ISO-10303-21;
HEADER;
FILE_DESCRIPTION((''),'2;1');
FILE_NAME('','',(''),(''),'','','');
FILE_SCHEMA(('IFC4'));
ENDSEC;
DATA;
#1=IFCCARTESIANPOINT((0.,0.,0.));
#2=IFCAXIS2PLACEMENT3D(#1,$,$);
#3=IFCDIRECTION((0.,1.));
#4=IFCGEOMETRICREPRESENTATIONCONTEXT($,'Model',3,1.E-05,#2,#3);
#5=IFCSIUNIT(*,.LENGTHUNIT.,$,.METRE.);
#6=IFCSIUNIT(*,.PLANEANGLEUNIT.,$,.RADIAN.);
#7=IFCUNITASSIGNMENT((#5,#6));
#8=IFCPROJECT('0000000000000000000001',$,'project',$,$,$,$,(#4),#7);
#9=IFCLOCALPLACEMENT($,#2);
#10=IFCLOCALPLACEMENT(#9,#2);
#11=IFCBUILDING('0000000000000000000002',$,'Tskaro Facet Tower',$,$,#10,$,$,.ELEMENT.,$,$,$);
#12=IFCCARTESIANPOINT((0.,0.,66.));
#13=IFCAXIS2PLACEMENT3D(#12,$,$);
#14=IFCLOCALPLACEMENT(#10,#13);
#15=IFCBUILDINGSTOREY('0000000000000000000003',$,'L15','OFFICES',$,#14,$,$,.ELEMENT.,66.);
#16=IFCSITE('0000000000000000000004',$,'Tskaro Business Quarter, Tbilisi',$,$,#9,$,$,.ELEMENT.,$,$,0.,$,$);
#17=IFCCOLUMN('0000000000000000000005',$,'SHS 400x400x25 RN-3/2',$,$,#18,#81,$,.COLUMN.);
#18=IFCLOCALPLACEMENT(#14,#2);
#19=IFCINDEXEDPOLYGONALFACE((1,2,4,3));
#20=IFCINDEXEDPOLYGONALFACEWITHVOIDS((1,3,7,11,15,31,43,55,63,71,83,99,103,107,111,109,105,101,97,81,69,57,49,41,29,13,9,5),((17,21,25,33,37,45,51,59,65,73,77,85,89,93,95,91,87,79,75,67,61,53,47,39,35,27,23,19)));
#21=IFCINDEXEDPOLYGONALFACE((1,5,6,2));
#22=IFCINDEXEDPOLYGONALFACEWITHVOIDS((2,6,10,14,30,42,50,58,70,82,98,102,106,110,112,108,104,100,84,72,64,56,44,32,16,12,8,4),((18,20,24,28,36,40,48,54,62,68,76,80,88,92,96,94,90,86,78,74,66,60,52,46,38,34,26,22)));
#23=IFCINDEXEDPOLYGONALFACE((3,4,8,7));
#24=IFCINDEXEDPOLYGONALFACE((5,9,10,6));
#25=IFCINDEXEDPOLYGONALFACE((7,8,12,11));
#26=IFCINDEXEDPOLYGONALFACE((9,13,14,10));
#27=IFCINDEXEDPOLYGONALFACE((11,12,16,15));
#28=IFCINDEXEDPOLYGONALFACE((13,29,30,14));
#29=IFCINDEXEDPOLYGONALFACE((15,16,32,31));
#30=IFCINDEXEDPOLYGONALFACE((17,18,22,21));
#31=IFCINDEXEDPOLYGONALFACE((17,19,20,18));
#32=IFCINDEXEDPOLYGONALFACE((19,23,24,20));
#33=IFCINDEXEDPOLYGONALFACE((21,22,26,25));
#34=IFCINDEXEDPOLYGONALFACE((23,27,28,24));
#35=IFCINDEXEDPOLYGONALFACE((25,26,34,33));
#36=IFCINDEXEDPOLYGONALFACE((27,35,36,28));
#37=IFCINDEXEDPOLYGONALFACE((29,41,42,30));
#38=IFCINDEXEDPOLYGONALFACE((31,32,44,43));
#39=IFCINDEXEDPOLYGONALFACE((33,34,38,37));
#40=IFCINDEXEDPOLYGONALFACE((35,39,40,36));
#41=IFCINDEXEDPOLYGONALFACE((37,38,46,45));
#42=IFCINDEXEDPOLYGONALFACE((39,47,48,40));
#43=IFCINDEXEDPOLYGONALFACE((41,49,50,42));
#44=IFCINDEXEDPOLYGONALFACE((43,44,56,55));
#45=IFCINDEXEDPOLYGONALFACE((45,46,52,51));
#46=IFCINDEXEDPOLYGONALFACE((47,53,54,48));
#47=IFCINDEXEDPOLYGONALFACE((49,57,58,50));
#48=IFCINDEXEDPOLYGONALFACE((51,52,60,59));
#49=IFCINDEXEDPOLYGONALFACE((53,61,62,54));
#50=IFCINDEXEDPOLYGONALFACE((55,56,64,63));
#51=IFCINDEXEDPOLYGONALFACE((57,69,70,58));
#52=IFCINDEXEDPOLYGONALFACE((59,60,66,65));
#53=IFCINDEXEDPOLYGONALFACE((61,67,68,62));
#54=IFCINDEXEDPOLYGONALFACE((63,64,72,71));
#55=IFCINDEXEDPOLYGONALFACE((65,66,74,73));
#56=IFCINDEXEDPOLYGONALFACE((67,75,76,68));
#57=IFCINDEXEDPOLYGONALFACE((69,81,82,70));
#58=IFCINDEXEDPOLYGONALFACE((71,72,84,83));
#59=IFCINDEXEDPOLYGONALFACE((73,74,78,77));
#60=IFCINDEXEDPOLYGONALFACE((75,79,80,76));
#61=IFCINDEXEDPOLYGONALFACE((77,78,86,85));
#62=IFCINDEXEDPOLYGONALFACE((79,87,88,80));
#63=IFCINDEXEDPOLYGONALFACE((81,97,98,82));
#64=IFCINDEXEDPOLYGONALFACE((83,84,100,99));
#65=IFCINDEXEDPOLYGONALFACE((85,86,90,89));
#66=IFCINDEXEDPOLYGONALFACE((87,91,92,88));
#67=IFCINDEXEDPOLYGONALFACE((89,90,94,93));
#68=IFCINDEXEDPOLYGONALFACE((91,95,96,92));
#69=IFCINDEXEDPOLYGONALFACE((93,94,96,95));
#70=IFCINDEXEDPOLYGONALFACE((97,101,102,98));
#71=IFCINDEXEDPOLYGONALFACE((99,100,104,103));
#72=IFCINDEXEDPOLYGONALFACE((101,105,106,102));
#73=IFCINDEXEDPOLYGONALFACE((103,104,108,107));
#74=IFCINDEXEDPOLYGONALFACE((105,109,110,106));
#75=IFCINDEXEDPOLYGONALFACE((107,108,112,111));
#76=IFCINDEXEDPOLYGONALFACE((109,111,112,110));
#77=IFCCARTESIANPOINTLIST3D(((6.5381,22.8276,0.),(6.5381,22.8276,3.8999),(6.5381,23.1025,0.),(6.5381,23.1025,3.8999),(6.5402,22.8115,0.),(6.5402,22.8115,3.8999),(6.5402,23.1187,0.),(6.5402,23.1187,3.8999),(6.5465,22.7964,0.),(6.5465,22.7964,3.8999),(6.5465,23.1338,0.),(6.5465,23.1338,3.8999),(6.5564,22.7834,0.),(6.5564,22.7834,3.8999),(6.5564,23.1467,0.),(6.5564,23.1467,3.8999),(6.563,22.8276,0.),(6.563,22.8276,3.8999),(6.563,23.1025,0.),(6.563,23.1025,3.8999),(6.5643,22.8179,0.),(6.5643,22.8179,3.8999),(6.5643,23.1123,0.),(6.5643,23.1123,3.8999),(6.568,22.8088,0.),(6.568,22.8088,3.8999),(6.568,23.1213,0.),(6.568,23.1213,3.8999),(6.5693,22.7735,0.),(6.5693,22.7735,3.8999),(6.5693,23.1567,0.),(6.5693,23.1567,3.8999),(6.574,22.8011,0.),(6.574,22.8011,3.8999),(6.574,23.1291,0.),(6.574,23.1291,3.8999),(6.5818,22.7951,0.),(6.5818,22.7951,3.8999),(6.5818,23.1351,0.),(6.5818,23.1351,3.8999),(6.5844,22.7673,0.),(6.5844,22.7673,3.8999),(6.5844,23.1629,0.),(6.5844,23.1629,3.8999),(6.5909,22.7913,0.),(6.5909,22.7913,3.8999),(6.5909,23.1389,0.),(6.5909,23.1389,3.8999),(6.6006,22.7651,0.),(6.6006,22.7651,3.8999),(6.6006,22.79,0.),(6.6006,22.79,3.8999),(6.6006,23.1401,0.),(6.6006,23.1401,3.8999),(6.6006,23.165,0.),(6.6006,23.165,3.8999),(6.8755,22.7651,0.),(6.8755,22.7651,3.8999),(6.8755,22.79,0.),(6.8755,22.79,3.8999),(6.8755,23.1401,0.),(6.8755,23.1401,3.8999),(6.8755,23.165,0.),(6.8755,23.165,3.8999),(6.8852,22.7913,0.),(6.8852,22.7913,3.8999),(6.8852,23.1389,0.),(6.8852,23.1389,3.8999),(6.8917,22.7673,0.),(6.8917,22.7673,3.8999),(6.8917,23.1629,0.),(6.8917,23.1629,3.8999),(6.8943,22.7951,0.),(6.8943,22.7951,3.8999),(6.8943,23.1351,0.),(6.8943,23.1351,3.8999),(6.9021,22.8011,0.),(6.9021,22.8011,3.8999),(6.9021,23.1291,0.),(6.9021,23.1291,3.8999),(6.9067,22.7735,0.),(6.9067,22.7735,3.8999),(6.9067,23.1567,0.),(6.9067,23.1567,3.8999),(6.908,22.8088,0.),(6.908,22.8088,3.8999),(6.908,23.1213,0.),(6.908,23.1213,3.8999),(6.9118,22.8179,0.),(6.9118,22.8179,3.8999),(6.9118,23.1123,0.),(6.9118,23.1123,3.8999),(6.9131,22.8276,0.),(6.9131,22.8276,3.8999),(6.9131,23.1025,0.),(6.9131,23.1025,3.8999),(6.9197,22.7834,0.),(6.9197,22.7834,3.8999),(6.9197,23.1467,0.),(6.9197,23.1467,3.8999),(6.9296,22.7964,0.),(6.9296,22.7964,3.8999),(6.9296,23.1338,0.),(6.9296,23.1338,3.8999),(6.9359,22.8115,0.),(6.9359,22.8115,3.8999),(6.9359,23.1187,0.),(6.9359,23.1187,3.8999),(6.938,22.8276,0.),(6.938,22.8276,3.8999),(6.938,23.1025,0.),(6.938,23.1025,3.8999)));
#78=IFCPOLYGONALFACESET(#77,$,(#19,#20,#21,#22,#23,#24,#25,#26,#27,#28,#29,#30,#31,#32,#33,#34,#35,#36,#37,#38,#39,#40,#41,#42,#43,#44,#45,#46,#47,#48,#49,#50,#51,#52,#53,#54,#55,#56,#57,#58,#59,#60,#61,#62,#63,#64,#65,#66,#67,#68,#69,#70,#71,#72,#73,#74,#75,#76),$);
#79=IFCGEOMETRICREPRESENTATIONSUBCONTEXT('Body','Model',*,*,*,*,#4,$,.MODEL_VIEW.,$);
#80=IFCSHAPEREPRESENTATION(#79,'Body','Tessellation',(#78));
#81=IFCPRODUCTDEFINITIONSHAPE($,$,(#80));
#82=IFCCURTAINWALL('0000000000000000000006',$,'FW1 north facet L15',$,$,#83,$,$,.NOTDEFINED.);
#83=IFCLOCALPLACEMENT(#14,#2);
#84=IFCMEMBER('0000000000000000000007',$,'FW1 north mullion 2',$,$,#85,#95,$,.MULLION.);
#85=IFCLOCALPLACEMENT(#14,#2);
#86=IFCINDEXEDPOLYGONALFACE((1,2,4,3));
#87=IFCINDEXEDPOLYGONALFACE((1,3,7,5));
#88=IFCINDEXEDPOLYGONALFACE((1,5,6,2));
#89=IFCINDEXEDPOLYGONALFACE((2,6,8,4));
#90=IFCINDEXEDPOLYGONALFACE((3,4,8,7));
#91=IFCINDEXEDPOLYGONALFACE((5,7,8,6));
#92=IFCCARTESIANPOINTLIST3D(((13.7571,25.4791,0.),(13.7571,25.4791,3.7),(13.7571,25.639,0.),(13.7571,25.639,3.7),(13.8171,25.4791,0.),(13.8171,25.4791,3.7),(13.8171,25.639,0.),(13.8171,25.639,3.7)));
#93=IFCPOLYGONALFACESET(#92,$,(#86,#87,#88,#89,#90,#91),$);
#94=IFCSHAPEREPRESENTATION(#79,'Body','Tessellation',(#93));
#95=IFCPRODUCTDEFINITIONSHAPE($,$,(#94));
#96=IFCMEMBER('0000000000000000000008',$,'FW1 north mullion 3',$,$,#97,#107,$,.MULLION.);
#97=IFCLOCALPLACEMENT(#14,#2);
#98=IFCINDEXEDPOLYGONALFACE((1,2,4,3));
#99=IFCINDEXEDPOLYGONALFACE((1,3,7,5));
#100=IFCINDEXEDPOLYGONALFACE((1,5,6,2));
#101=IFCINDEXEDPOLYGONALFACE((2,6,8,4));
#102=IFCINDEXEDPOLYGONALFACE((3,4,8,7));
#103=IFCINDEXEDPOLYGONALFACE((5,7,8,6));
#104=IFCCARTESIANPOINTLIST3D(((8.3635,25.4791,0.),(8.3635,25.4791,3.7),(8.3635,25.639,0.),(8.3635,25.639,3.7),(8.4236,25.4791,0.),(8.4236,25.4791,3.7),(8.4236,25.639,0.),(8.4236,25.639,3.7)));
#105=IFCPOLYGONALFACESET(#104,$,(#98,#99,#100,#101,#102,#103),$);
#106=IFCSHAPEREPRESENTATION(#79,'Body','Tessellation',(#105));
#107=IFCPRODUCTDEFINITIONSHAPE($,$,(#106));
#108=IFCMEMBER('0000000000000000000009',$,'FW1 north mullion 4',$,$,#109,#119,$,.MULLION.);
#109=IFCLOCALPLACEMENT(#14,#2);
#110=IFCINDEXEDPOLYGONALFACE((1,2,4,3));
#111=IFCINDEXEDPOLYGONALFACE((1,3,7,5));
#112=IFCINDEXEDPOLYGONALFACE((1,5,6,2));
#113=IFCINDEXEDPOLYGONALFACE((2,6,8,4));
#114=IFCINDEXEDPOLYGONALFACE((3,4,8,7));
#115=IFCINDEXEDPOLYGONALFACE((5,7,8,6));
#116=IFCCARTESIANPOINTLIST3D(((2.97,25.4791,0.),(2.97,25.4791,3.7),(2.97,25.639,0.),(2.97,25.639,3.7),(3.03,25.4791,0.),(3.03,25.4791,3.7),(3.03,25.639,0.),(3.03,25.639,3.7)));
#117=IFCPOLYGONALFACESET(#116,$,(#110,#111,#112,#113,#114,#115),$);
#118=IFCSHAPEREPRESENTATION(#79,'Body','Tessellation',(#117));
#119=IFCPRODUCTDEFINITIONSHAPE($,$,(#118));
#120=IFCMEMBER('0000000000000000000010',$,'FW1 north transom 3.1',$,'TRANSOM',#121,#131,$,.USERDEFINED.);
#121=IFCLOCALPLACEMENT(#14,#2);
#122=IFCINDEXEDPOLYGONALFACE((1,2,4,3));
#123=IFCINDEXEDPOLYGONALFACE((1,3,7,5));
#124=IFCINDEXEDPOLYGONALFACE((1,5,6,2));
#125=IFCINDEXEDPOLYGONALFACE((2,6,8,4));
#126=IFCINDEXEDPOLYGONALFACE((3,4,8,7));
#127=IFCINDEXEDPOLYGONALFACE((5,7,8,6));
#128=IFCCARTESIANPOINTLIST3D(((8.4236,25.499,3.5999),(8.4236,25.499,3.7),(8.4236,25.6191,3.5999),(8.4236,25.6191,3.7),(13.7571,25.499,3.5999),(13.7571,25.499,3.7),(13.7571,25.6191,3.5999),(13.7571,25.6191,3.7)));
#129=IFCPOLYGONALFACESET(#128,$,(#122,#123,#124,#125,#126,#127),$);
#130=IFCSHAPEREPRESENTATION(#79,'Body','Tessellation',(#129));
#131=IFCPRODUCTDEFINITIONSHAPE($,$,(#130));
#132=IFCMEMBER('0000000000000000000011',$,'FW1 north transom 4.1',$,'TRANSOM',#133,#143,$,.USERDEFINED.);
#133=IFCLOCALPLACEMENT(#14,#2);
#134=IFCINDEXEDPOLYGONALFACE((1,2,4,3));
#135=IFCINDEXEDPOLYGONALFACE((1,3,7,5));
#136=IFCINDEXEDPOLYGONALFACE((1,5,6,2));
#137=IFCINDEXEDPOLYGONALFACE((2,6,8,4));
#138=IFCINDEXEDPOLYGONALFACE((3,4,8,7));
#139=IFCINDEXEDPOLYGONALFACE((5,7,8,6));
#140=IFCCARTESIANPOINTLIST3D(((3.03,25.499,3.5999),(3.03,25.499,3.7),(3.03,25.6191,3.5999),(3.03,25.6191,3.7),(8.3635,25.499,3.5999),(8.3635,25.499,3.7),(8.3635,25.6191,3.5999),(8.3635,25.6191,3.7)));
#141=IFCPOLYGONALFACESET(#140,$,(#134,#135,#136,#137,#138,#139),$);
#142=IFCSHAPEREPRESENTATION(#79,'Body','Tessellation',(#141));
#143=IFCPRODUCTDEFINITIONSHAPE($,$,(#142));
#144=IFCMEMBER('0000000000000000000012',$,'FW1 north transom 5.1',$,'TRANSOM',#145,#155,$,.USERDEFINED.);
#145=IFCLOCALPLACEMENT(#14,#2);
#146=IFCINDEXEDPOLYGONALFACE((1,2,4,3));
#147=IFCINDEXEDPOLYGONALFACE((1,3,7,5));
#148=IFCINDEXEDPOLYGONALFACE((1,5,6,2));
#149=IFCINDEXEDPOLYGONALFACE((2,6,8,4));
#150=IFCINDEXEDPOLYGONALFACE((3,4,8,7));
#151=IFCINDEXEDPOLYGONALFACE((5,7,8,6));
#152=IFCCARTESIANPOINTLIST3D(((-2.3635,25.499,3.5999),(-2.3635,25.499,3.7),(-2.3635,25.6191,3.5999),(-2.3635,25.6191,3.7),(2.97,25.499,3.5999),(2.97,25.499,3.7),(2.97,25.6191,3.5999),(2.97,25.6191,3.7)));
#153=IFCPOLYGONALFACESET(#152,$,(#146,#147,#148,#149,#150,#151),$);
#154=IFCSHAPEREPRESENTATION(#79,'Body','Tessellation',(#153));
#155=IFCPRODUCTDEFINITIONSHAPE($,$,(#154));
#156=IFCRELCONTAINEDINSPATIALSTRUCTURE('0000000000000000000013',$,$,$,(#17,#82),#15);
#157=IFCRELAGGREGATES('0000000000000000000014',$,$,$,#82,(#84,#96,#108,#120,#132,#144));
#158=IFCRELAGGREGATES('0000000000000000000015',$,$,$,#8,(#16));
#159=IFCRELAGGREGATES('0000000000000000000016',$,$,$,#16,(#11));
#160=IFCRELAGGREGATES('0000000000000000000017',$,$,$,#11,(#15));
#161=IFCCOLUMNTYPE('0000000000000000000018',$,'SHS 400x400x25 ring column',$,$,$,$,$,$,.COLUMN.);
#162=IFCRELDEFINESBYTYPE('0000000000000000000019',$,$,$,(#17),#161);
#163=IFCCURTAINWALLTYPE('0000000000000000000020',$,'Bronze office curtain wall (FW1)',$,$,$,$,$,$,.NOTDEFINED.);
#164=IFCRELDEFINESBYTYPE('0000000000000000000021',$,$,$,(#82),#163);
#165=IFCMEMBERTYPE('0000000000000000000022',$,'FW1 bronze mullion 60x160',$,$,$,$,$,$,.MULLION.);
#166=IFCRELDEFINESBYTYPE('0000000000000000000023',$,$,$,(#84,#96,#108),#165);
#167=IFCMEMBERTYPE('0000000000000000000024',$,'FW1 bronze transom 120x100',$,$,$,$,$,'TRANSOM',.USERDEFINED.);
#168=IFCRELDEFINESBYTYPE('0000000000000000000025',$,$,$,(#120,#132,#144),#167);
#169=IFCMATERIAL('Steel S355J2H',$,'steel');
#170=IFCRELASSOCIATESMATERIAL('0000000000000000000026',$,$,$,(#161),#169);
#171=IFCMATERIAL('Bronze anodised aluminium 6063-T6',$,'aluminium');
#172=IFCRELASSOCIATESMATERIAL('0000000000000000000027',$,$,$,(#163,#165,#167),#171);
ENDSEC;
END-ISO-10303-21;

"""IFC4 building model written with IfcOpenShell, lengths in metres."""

from ifc_helpers import new_model, si_unit, direction, frame, origin, origin_2d, place, context, subcontext, project, spatial, rectangle, hollow_rectangle, extrude, material, material_profile, profile_set, type_object, element, aggregate, save


model = new_model("IFC4")

# Units and contexts
model_context = context("Model", 3, precision=1e-05, world=origin(), true_north=direction((0.0, 1.0)))
body_context = subcontext(model_context, "Body", "Model", "MODEL_VIEW")
ifc_project = project(units=[si_unit("LENGTHUNIT", "METRE"), si_unit("PLANEANGLEUNIT", "RADIAN")], contexts=[model_context])

# Site, building, storey
site_placement = place(None, origin())
site = spatial("IfcSite", under=ifc_project, at=site_placement, Name="Tskaro Business Quarter, Tbilisi", CompositionType="ELEMENT", RefElevation=0.0)
building_placement = place(site_placement, origin())
building = spatial("IfcBuilding", under=site, at=building_placement, Name="Tskaro Facet Tower", CompositionType="ELEMENT")
storey_placement = place(building_placement, frame((0.0, 0.0, 66.0)))
storey = spatial("IfcBuildingStorey", under=building, at=storey_placement, Name="L15", Description="OFFICES", CompositionType="ELEMENT", Elevation=66.0)

# Column
ifc_material_1 = material(Name="Steel S355J2H", Category="steel")
ifc_material_profile_1 = material_profile(ifc_material_1, hollow_rectangle(XDim=0.3999, YDim=0.3999, WallThickness=0.0249, InnerFilletRadius=0.0376, OuterFilletRadius=0.0625, at=origin_2d()), Name="SHS 400x400x25")
ifc_profile_set_1 = profile_set([ifc_material_profile_1], Name="Steel S355J2H")
column_type_1 = type_object("IfcColumnType", Name="SHS 400x400x25 ring column", PredefinedType="COLUMN", material=ifc_profile_set_1)
for number, where, z_axis, x_axis, name in (
    (1, (6.738, 22.9651, 0.0), (0.0, 0.0, 1.0), (1.0, 0.0, 0.0), "SHS 400x400x25 RN-3/2"),
):
    element("IfcColumn", number, at=place(storey_placement, frame(where, z_axis=z_axis, x_axis=x_axis)), inside=storey, type_object=column_type_1, Name=name, PredefinedType="COLUMN", context=body_context, shape_type="SweptSolid", body=[
        extrude(hollow_rectangle(XDim=0.3999, YDim=0.3999, WallThickness=0.0249, InnerFilletRadius=0.0376, OuterFilletRadius=0.0625, at=origin_2d()), origin(), (0.0, 0.0, 1.0), 3.8999),
    ])

# Curtain wall, members
ifc_material_2 = material(Name="Bronze anodised aluminium 6063-T6", Category="aluminium")
curtain_wall_type = type_object("IfcCurtainWallType", Name="Bronze office curtain wall (FW1)", PredefinedType="NOTDEFINED", material=ifc_material_2)
curtain_wall_placement = place(storey_placement, origin())
curtain_wall = element("IfcCurtainWall", 2, at=curtain_wall_placement, inside=storey, type_object=curtain_wall_type, Name="FW1 north facet L15", PredefinedType="NOTDEFINED")
ifc_material_profile_2 = material_profile(ifc_material_2, rectangle(XDim=0.0601, YDim=0.1599, at=origin_2d()), Name="Mullion 60x160")
ifc_profile_set_2 = profile_set([ifc_material_profile_2], Name="Bronze anodised aluminium 6063-T6")
member_type_1 = type_object("IfcMemberType", Name="FW1 bronze mullion 60x160", PredefinedType="MULLION", material=ifc_profile_set_2)
member_1_placement = place(storey_placement, frame((13.7871, 25.5591, 0.0), z_axis=(0.0, 0.0, 1.0), x_axis=(-1.0, 0.0, 0.0)))
member_1 = element("IfcMember", 3, at=member_1_placement, type_object=member_type_1, Name="FW1 north mullion 2", PredefinedType="MULLION", context=body_context, shape_type="SweptSolid", body=[
    extrude(rectangle(XDim=0.0601, YDim=0.1599, at=origin_2d()), origin(), (0.0, 0.0, 1.0), 3.7),
])
member_2_placement = place(storey_placement, frame((8.3936, 25.5591, 0.0), z_axis=(0.0, 0.0, 1.0), x_axis=(-1.0, 0.0, 0.0)))
member_2 = element("IfcMember", 4, at=member_2_placement, type_object=member_type_1, Name="FW1 north mullion 3", PredefinedType="MULLION", context=body_context, shape_type="SweptSolid", body=[
    extrude(rectangle(XDim=0.0601, YDim=0.1599, at=origin_2d()), origin(), (0.0, 0.0, 1.0), 3.7),
])
member_3_placement = place(storey_placement, frame((3.0, 25.5591, 0.0), z_axis=(0.0, 0.0, 1.0), x_axis=(-1.0, 0.0, 0.0)))
member_3 = element("IfcMember", 5, at=member_3_placement, type_object=member_type_1, Name="FW1 north mullion 4", PredefinedType="MULLION", context=body_context, shape_type="SweptSolid", body=[
    extrude(rectangle(XDim=0.0601, YDim=0.1599, at=origin_2d()), origin(), (0.0, 0.0, 1.0), 3.7),
])
ifc_material_profile_3 = material_profile(ifc_material_2, rectangle(XDim=0.1201, YDim=0.1001, at=origin_2d()), Name="Transom 120x100")
ifc_profile_set_3 = profile_set([ifc_material_profile_3], Name="Bronze anodised aluminium 6063-T6")
member_type_2 = type_object("IfcMemberType", Name="FW1 bronze transom 120x100", ElementType="TRANSOM", PredefinedType="USERDEFINED", material=ifc_profile_set_3)
member_4_placement = place(storey_placement, frame((13.7571, 25.5591, 3.6499), z_axis=(-1.0, 0.0, 0.0), x_axis=(0.0, -1.0, 0.0)))
member_4 = element("IfcMember", 6, at=member_4_placement, type_object=member_type_2, Name="FW1 north transom 3.1", ObjectType="TRANSOM", PredefinedType="USERDEFINED", context=body_context, shape_type="SweptSolid", body=[
    extrude(rectangle(XDim=0.1201, YDim=0.1001, at=origin_2d()), origin(), (0.0, 0.0, 1.0), 5.3335),
])
member_5_placement = place(storey_placement, frame((8.3635, 25.5591, 3.6499), z_axis=(-1.0, 0.0, 0.0), x_axis=(0.0, -1.0, 0.0)))
member_5 = element("IfcMember", 7, at=member_5_placement, type_object=member_type_2, Name="FW1 north transom 4.1", ObjectType="TRANSOM", PredefinedType="USERDEFINED", context=body_context, shape_type="SweptSolid", body=[
    extrude(rectangle(XDim=0.1201, YDim=0.1001, at=origin_2d()), origin(), (0.0, 0.0, 1.0), 5.3335),
])
member_6_placement = place(storey_placement, frame((2.97, 25.5591, 3.6499), z_axis=(-1.0, 0.0, 0.0), x_axis=(0.0, -1.0, 0.0)))
member_6 = element("IfcMember", 8, at=member_6_placement, type_object=member_type_2, Name="FW1 north transom 5.1", ObjectType="TRANSOM", PredefinedType="USERDEFINED", context=body_context, shape_type="SweptSolid", body=[
    extrude(rectangle(XDim=0.1201, YDim=0.1001, at=origin_2d()), origin(), (0.0, 0.0, 1.0), 5.3335),
])

aggregate(curtain_wall, [member_1, member_2, member_3, member_4, member_5, member_6])

save(model, "model.ifc")
